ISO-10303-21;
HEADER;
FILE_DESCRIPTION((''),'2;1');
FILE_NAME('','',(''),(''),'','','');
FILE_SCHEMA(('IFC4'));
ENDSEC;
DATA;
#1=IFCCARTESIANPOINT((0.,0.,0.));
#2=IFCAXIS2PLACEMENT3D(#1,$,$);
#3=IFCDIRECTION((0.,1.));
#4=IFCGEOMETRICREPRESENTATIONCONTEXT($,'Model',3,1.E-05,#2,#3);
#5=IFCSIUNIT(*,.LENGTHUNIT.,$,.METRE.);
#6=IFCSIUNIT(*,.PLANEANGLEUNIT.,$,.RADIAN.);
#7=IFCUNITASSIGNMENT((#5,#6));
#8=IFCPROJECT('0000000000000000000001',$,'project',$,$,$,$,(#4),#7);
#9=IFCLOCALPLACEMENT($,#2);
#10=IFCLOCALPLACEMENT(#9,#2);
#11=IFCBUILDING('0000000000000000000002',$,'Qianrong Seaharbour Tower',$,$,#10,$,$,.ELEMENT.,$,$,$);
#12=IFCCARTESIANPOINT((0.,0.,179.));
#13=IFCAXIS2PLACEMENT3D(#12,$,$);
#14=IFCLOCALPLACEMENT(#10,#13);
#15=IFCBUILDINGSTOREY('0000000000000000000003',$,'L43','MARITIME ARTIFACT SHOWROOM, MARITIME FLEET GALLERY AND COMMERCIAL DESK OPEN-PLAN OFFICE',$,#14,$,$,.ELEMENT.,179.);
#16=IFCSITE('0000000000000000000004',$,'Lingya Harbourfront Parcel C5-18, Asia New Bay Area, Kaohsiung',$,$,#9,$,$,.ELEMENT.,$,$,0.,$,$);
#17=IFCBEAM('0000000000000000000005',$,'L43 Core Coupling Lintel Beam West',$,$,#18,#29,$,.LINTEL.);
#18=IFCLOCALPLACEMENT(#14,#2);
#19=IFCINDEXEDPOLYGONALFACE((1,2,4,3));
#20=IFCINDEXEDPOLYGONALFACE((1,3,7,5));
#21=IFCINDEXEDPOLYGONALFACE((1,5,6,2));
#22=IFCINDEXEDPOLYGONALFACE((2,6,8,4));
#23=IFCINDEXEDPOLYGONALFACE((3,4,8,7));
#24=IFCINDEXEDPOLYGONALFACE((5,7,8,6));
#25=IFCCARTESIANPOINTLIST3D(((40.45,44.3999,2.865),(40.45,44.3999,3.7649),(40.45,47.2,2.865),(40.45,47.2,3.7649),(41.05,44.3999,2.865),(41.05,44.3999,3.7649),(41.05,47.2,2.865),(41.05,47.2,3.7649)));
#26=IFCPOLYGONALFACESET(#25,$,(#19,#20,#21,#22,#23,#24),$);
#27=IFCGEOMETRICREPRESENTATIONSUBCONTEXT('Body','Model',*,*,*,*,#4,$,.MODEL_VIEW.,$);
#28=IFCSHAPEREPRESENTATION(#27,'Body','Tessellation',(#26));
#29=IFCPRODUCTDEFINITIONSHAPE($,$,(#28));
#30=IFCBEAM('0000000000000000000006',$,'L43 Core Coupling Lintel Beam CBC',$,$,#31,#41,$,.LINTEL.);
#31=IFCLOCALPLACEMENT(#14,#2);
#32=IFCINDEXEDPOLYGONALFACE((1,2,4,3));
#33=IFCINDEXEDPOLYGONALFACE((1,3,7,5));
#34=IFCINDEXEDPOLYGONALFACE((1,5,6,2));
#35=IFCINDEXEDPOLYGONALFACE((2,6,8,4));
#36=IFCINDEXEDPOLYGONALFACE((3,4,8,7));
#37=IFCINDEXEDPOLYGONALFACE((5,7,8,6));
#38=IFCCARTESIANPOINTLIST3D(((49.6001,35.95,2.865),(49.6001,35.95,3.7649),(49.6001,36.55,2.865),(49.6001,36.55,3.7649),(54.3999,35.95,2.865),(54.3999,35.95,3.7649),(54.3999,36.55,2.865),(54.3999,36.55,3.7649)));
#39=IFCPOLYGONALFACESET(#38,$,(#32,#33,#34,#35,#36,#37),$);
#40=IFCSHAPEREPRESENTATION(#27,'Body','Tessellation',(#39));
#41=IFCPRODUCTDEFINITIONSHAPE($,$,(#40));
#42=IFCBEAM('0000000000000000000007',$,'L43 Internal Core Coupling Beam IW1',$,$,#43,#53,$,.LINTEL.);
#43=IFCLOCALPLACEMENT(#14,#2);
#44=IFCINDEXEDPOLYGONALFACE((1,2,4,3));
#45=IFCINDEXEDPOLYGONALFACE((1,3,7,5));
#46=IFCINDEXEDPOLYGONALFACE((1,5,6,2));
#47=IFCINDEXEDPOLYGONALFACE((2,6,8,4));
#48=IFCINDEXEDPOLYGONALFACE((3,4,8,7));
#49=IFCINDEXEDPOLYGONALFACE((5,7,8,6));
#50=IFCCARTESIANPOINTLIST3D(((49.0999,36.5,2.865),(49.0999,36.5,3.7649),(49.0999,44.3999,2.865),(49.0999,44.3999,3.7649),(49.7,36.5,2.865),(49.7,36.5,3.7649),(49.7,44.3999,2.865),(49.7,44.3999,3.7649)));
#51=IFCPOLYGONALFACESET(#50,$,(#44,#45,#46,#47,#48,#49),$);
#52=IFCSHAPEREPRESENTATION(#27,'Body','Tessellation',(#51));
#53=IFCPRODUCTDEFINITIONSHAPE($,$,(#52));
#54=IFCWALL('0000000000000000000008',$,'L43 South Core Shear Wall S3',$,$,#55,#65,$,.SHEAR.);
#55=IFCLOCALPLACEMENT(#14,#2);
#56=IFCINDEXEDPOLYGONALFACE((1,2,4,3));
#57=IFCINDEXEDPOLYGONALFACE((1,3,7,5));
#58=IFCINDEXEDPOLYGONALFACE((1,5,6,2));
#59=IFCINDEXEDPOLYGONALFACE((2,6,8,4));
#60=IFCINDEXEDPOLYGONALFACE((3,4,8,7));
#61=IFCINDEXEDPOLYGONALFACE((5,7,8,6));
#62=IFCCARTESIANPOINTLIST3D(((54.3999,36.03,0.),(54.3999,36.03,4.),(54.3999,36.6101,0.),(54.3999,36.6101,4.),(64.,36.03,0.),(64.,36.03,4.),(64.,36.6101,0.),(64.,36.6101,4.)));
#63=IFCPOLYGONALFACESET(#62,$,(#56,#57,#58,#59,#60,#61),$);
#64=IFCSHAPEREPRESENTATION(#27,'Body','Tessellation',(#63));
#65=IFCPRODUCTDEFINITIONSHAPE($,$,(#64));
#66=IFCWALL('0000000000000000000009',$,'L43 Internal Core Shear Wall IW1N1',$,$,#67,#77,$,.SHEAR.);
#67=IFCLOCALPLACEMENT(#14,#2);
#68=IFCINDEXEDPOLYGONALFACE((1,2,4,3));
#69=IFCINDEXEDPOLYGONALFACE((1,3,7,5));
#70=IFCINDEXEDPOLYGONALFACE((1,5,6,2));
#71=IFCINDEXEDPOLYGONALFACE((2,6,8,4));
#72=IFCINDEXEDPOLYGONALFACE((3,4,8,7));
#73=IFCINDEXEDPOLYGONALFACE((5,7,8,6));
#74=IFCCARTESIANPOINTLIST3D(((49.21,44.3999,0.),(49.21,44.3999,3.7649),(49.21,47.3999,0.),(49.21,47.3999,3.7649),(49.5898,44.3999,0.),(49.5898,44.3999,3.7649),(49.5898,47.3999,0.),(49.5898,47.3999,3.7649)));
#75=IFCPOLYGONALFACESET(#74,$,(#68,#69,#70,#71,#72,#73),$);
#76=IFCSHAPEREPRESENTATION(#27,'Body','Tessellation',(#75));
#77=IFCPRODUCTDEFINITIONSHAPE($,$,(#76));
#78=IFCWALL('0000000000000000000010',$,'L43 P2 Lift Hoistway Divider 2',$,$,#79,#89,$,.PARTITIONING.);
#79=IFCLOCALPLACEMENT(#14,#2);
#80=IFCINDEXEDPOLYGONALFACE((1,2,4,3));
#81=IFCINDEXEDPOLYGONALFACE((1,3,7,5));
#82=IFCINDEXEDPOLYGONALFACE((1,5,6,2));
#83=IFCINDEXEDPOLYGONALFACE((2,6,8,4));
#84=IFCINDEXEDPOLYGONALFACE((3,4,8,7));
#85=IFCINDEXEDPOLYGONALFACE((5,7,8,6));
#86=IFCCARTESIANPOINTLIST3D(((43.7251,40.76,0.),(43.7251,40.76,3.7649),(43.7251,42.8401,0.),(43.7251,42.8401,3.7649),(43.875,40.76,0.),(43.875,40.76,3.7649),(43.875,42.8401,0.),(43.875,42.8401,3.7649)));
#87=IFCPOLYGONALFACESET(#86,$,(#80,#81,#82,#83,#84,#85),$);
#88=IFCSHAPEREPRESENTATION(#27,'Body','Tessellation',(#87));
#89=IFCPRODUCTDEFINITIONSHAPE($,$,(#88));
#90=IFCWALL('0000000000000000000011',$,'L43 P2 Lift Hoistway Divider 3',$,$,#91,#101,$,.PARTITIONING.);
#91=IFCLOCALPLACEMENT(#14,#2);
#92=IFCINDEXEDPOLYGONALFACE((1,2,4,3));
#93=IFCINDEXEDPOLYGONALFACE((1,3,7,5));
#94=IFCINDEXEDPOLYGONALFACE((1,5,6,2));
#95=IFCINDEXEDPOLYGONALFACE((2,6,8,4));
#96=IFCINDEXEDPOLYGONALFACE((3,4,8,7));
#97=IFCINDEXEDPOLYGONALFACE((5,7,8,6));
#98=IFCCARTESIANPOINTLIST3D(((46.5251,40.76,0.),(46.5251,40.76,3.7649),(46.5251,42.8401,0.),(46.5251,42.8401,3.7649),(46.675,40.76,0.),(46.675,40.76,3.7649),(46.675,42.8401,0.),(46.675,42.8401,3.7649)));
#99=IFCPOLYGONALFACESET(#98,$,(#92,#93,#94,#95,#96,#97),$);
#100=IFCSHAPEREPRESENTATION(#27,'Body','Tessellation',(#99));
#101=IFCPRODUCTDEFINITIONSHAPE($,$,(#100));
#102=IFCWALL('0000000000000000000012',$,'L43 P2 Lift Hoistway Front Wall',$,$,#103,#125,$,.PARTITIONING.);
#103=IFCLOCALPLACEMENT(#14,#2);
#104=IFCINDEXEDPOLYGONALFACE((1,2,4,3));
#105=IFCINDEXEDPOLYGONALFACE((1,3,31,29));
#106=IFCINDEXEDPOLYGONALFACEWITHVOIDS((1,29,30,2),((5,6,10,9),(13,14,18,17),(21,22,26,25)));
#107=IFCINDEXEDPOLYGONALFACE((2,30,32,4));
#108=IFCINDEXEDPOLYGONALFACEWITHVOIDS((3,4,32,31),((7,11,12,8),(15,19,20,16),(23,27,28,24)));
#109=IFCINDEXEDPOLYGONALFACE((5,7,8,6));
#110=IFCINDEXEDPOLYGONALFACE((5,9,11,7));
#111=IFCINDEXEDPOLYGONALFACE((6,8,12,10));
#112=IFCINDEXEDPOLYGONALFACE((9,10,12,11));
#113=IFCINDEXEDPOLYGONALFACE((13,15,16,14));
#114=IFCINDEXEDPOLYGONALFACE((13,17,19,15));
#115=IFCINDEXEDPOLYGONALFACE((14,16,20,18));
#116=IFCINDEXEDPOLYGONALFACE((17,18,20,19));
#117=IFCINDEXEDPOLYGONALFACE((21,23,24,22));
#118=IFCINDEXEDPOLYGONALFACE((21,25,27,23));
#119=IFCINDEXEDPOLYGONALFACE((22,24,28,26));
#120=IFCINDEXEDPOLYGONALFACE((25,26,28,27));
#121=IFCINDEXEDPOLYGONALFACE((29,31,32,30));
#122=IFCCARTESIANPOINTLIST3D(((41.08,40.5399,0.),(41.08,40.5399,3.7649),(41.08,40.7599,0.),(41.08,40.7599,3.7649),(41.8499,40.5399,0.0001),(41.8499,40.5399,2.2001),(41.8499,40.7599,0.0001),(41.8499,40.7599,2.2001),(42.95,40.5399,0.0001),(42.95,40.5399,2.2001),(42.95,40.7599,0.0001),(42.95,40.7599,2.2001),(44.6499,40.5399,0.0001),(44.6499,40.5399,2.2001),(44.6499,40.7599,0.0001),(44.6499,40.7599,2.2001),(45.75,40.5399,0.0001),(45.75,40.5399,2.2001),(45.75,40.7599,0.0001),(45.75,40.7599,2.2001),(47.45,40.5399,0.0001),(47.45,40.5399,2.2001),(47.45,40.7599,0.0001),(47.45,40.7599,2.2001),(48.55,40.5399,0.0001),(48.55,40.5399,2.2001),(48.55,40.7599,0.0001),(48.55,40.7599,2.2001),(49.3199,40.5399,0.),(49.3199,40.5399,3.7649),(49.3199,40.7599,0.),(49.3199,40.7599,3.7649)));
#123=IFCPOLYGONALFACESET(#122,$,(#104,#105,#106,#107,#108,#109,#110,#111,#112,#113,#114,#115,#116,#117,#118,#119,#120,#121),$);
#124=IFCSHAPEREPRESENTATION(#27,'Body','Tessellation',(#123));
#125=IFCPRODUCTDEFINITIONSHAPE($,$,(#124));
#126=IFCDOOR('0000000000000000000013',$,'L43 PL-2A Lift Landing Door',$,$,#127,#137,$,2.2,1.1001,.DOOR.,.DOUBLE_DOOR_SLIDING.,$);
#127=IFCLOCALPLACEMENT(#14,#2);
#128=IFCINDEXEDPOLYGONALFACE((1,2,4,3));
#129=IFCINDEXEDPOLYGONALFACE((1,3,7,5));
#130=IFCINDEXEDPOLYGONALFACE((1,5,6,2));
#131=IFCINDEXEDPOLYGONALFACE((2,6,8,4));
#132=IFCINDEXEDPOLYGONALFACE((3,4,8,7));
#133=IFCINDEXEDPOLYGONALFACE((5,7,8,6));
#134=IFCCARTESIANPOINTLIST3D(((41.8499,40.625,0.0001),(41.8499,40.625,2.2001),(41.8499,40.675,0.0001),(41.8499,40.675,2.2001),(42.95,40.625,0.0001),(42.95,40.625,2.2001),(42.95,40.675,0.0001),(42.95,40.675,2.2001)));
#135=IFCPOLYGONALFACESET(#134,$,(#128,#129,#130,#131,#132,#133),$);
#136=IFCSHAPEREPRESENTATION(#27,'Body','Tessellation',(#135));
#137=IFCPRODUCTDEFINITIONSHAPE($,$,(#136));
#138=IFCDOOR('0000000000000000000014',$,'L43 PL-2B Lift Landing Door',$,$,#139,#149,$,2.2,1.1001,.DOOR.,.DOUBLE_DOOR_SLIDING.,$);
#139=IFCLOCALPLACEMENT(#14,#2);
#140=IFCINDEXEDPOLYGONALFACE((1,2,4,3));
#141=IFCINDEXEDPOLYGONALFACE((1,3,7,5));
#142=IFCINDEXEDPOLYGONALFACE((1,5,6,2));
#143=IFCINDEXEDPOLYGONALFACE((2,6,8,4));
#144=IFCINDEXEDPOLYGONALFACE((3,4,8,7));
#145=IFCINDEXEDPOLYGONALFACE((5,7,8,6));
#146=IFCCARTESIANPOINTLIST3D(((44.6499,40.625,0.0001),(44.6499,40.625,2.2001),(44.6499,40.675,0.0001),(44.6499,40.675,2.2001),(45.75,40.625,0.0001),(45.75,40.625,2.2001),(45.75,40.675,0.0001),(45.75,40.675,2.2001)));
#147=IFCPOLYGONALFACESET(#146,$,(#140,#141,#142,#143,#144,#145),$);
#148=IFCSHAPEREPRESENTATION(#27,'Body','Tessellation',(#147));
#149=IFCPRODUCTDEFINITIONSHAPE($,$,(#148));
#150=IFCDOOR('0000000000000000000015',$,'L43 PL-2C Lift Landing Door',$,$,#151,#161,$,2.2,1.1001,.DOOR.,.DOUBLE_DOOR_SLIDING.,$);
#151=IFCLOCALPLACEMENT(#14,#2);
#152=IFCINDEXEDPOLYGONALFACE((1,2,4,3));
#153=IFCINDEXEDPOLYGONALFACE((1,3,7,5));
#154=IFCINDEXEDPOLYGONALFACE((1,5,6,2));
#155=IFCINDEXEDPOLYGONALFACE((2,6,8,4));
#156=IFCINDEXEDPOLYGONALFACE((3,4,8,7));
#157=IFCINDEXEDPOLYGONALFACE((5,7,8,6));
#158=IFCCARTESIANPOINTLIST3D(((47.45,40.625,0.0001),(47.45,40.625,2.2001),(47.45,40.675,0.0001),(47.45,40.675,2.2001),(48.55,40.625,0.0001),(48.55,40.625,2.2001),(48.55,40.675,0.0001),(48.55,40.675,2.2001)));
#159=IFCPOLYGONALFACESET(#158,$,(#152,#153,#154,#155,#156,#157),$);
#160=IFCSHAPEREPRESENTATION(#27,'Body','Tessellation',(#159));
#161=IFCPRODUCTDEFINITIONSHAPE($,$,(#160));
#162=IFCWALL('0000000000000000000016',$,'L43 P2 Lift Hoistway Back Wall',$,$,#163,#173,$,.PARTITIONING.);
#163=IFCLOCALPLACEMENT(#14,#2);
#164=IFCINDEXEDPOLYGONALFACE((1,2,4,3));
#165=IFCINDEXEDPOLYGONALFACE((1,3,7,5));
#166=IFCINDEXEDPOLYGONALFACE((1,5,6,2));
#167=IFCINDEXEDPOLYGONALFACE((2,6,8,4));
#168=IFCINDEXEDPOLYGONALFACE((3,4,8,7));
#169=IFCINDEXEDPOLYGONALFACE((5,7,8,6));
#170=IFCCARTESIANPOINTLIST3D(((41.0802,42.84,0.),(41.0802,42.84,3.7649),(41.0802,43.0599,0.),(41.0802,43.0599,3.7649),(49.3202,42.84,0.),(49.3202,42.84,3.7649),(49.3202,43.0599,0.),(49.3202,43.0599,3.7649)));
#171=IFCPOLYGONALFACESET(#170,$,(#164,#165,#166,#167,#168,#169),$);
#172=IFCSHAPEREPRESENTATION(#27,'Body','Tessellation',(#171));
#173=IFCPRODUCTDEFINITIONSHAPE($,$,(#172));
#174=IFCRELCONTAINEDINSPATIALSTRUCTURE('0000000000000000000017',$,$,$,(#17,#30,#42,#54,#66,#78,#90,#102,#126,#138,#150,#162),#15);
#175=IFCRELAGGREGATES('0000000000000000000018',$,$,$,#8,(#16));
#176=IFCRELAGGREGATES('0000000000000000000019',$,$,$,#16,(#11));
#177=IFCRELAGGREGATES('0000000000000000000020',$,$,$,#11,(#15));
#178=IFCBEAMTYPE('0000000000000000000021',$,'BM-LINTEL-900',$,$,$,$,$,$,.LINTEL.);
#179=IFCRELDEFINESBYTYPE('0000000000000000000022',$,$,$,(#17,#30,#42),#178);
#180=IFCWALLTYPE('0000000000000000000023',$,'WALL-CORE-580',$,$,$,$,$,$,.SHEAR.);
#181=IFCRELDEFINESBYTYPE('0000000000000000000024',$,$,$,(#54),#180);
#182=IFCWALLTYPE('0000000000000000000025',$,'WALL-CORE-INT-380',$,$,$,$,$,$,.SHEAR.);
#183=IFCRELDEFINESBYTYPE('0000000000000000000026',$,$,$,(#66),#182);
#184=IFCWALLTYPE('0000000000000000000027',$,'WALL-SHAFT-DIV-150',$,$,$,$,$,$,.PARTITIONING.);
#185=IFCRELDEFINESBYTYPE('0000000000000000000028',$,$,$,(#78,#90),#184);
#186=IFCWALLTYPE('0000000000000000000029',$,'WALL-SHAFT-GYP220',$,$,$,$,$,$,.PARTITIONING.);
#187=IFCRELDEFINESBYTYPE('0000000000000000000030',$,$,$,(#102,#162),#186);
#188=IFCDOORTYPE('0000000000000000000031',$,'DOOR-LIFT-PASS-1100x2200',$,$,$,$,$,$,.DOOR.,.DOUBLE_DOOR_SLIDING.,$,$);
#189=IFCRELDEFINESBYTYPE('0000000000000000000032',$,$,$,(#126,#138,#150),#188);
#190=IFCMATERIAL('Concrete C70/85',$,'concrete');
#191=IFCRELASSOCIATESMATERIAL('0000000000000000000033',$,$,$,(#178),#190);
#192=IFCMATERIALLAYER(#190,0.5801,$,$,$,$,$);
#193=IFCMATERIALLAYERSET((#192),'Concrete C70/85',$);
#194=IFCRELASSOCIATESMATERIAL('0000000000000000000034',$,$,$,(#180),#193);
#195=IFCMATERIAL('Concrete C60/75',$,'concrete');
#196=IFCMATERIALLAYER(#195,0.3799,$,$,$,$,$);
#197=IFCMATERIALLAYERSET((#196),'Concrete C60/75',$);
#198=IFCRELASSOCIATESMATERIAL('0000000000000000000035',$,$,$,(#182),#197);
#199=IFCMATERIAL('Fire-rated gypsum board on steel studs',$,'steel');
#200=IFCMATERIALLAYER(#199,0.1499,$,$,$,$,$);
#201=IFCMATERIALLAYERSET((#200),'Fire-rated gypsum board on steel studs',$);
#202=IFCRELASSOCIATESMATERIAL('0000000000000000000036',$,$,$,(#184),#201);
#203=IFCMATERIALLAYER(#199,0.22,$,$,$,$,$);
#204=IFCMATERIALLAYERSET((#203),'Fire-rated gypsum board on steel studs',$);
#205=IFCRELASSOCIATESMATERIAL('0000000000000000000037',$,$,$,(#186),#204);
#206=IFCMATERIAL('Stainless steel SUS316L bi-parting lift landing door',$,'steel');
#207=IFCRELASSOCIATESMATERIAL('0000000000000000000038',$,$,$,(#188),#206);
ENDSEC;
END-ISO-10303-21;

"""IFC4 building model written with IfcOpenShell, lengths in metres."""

from ifc_helpers import new_model, si_unit, direction, frame, frame_2d, origin, origin_2d, place, context, subcontext, project, spatial, rectangle, extrude, material, layer, layer_set, material_profile, profile_set, type_object, element, fill, save


model = new_model("IFC4")

# Units and contexts
model_context = context("Model", 3, precision=1e-05, world=origin(), true_north=direction((0.0, 1.0)))
body_context = subcontext(model_context, "Body", "Model", "MODEL_VIEW")
ifc_project = project(units=[si_unit("LENGTHUNIT", "METRE"), si_unit("PLANEANGLEUNIT", "RADIAN")], contexts=[model_context])

# Site, building, storey
site_placement = place(None, origin())
site = spatial("IfcSite", under=ifc_project, at=site_placement, Name="Lingya Harbourfront Parcel C5-18, Asia New Bay Area, Kaohsiung", CompositionType="ELEMENT", RefElevation=0.0)
building_placement = place(site_placement, origin())
building = spatial("IfcBuilding", under=site, at=building_placement, Name="Qianrong Seaharbour Tower", CompositionType="ELEMENT")
storey_placement = place(building_placement, frame((0.0, 0.0, 179.0)))
storey = spatial("IfcBuildingStorey", under=building, at=storey_placement, Name="L43", Description="MARITIME ARTIFACT SHOWROOM, MARITIME FLEET GALLERY AND COMMERCIAL DESK OPEN-PLAN OFFICE", CompositionType="ELEMENT", Elevation=179.0)

# Beams
ifc_material_1 = material(Name="Concrete C70/85", Category="concrete")
ifc_material_profile = material_profile(ifc_material_1, rectangle(XDim=0.6001, YDim=0.8999, at=origin_2d()), Name="RC600x900")
ifc_profile_set = profile_set([ifc_material_profile], Name="Concrete C70/85")
beam_type = type_object("IfcBeamType", Name="BM-LINTEL-900", PredefinedType="LINTEL", material=ifc_profile_set)
beam_1_placement = place(storey_placement, frame((40.75, 44.3999, 3.3149), z_axis=(0.0, 1.0, 0.0), x_axis=(-1.0, 0.0, 0.0)))
element("IfcBeam", 1, at=beam_1_placement, inside=storey, type_object=beam_type, Name="L43 Core Coupling Lintel Beam West", PredefinedType="LINTEL", context=body_context, shape_type="SweptSolid", body=[
    extrude(rectangle(XDim=0.6001, YDim=0.8999, at=origin_2d()), origin(), (0.0, 0.0, 1.0), 2.8),
])
beam_2_placement = place(storey_placement, frame((49.6001, 36.25, 3.3149), z_axis=(1.0, 0.0, 0.0), x_axis=(0.0, 1.0, 0.0)))
element("IfcBeam", 2, at=beam_2_placement, inside=storey, type_object=beam_type, Name="L43 Core Coupling Lintel Beam CBC", PredefinedType="LINTEL", context=body_context, shape_type="SweptSolid", body=[
    extrude(rectangle(XDim=0.6001, YDim=0.8999, at=origin_2d()), origin(), (0.0, 0.0, 1.0), 4.7998),
])
beam_3_placement = place(storey_placement, frame((49.3999, 36.5, 3.3149), z_axis=(0.0, 1.0, 0.0), x_axis=(-1.0, 0.0, 0.0)))
element("IfcBeam", 3, at=beam_3_placement, inside=storey, type_object=beam_type, Name="L43 Internal Core Coupling Beam IW1", PredefinedType="LINTEL", context=body_context, shape_type="SweptSolid", body=[
    extrude(rectangle(XDim=0.6001, YDim=0.8999, at=origin_2d()), origin(), (0.0, 0.0, 1.0), 7.8999),
])

# Walls
ifc_layer_1 = layer(ifc_material_1, 0.5801)
ifc_layer_set_1 = layer_set([ifc_layer_1], Name="Concrete C70/85")
wall_type_1 = type_object("IfcWallType", Name="WALL-CORE-580", PredefinedType="SHEAR", material=ifc_layer_set_1)
wall_1_placement = place(storey_placement, frame((54.3999, 36.3201, 0.0), z_axis=(0.0, 0.0, 1.0), x_axis=(1.0, 0.0, 0.0)))
element("IfcWall", 4, at=wall_1_placement, inside=storey, type_object=wall_type_1, Name="L43 South Core Shear Wall S3", PredefinedType="SHEAR", context=body_context, shape_type="SweptSolid", body=[
    extrude(rectangle(XDim=9.6001, YDim=0.5801, at=frame_2d((4.8, 0.0))), origin(), (0.0, 0.0, 1.0), 4.0),
])
ifc_material_2 = material(Name="Concrete C60/75", Category="concrete")
ifc_layer_2 = layer(ifc_material_2, 0.3799)
ifc_layer_set_2 = layer_set([ifc_layer_2], Name="Concrete C60/75")
wall_type_2 = type_object("IfcWallType", Name="WALL-CORE-INT-380", PredefinedType="SHEAR", material=ifc_layer_set_2)
wall_2_placement = place(storey_placement, frame((49.3999, 44.3999, 0.0), z_axis=(0.0, 0.0, 1.0), x_axis=(0.0, 1.0, 0.0)))
element("IfcWall", 5, at=wall_2_placement, inside=storey, type_object=wall_type_2, Name="L43 Internal Core Shear Wall IW1N1", PredefinedType="SHEAR", context=body_context, shape_type="SweptSolid", body=[
    extrude(rectangle(XDim=3.0, YDim=0.3799, at=frame_2d((1.5, 0.0))), origin(), (0.0, 0.0, 1.0), 3.7649),
])

# Walls
ifc_material_3 = material(Name="Fire-rated gypsum board on steel studs", Category="steel")
ifc_layer_3 = layer(ifc_material_3, 0.1499)
ifc_layer_set_3 = layer_set([ifc_layer_3], Name="Fire-rated gypsum board on steel studs")
wall_type_3 = type_object("IfcWallType", Name="WALL-SHAFT-DIV-150", PredefinedType="PARTITIONING", material=ifc_layer_set_3)
for number, where, z_axis, x_axis, name in (
    (6, (43.8, 40.76, 0.0), (0.0, 0.0, 1.0), (0.0, 1.0, 0.0), "L43 P2 Lift Hoistway Divider 2"),
    (7, (46.6001, 40.76, 0.0), (0.0, 0.0, 1.0), (0.0, 1.0, 0.0), "L43 P2 Lift Hoistway Divider 3"),
):
    element("IfcWall", number, at=place(storey_placement, frame(where, z_axis=z_axis, x_axis=x_axis)), inside=storey, type_object=wall_type_3, Name=name, PredefinedType="PARTITIONING", context=body_context, shape_type="SweptSolid", body=[
        extrude(rectangle(XDim=2.0801, YDim=0.1499, at=frame_2d((1.04, 0.0))), origin(), (0.0, 0.0, 1.0), 3.7649),
    ])

# Wall, openings, doors
ifc_layer_4 = layer(ifc_material_3, 0.22)
ifc_layer_set_4 = layer_set([ifc_layer_4], Name="Fire-rated gypsum board on steel studs")
wall_type_4 = type_object("IfcWallType", Name="WALL-SHAFT-GYP220", PredefinedType="PARTITIONING", material=ifc_layer_set_4)
wall_3_placement = place(storey_placement, frame((49.3201, 40.6499, 0.0), z_axis=(0.0, 0.0, 1.0), x_axis=(-1.0, 0.0, 0.0)))
wall_3 = element("IfcWall", 8, at=wall_3_placement, inside=storey, type_object=wall_type_4, Name="L43 P2 Lift Hoistway Front Wall", PredefinedType="PARTITIONING", context=body_context, shape_type="SweptSolid", body=[
    extrude(rectangle(XDim=8.24, YDim=0.22, at=frame_2d((4.1201, 0.0))), origin(), (0.0, 0.0, 1.0), 3.7649),
])
opening_1_placement = place(wall_3_placement, frame((6.3701, 0.0, 0.0)))
opening_1 = element("IfcOpeningElement", 9, at=opening_1_placement, cuts=wall_3, PredefinedType="OPENING", context=body_context, shape_type="SweptSolid", body=[
    extrude(rectangle(XDim=1.1001, YDim=2.2, at=frame_2d((0.55, 1.1001))), frame((0.0, 0.1201, 0.0), z_axis=(0.0, -1.0, 0.0), x_axis=(1.0, 0.0, 0.0)), (0.0, 0.0, 1.0), 0.24),
])
opening_2_placement = place(wall_3_placement, frame((3.5701, 0.0, 0.0)))
opening_2 = element("IfcOpeningElement", 10, at=opening_2_placement, cuts=wall_3, PredefinedType="OPENING", context=body_context, shape_type="SweptSolid", body=[
    extrude(rectangle(XDim=1.1001, YDim=2.2, at=frame_2d((0.55, 1.1001))), frame((0.0, 0.1201, 0.0), z_axis=(0.0, -1.0, 0.0), x_axis=(1.0, 0.0, 0.0)), (0.0, 0.0, 1.0), 0.24),
])
opening_3_placement = place(wall_3_placement, frame((0.77, 0.0, 0.0)))
opening_3 = element("IfcOpeningElement", 11, at=opening_3_placement, cuts=wall_3, PredefinedType="OPENING", context=body_context, shape_type="SweptSolid", body=[
    extrude(rectangle(XDim=1.1001, YDim=2.2, at=frame_2d((0.55, 1.1001))), frame((0.0, 0.1201, 0.0), z_axis=(0.0, -1.0, 0.0), x_axis=(1.0, 0.0, 0.0)), (0.0, 0.0, 1.0), 0.24),
])
ifc_material_4 = material(Name="Stainless steel SUS316L bi-parting lift landing door", Category="steel")
door_type_1 = type_object("IfcDoorType", Name="DOOR-LIFT-PASS-1100x2200", OperationType="DOUBLE_DOOR_SLIDING", PredefinedType="DOOR", material=ifc_material_4)
door_1_placement = place(opening_1_placement, origin())
door_1 = element("IfcDoor", 12, at=door_1_placement, inside=storey, type_object=door_type_1, Name="L43 PL-2A Lift Landing Door", OperationType="DOUBLE_DOOR_SLIDING", OverallHeight=2.2, OverallWidth=1.1001, PredefinedType="DOOR", context=body_context, shape_type="SweptSolid", body=[
    extrude(rectangle(XDim=1.1001, YDim=2.2, at=frame_2d((0.55, 1.1001))), frame((0.0, 0.0249, 0.0), z_axis=(0.0, -1.0, 0.0), x_axis=(1.0, 0.0, 0.0)), (0.0, 0.0, 1.0), 0.05),
])
fill(opening_1, door_1)
door_2_placement = place(opening_2_placement, origin())
door_2 = element("IfcDoor", 13, at=door_2_placement, inside=storey, type_object=door_type_1, Name="L43 PL-2B Lift Landing Door", OperationType="DOUBLE_DOOR_SLIDING", OverallHeight=2.2, OverallWidth=1.1001, PredefinedType="DOOR", context=body_context, shape_type="SweptSolid", body=[
    extrude(rectangle(XDim=1.1001, YDim=2.2, at=frame_2d((0.55, 1.1001))), frame((0.0, 0.0249, 0.0), z_axis=(0.0, -1.0, 0.0), x_axis=(1.0, 0.0, 0.0)), (0.0, 0.0, 1.0), 0.05),
])
fill(opening_2, door_2)
door_3_placement = place(opening_3_placement, origin())
door_3 = element("IfcDoor", 14, at=door_3_placement, inside=storey, type_object=door_type_1, Name="L43 PL-2C Lift Landing Door", OperationType="DOUBLE_DOOR_SLIDING", OverallHeight=2.2, OverallWidth=1.1001, PredefinedType="DOOR", context=body_context, shape_type="SweptSolid", body=[
    extrude(rectangle(XDim=1.1001, YDim=2.2, at=frame_2d((0.55, 1.1001))), frame((0.0, 0.0249, 0.0), z_axis=(0.0, -1.0, 0.0), x_axis=(1.0, 0.0, 0.0)), (0.0, 0.0, 1.0), 0.05),
])
fill(opening_3, door_3)

# Wall
wall_4_placement = place(storey_placement, frame((41.0801, 42.95, 0.0), z_axis=(0.0, 0.0, 1.0), x_axis=(1.0, 0.0, 0.0)))
element("IfcWall", 15, at=wall_4_placement, inside=storey, type_object=wall_type_4, Name="L43 P2 Lift Hoistway Back Wall", PredefinedType="PARTITIONING", context=body_context, shape_type="SweptSolid", body=[
    extrude(rectangle(XDim=8.24, YDim=0.22, at=frame_2d((4.1201, 0.0))), origin(), (0.0, 0.0, 1.0), 3.7649),
])

save(model, "model.ifc")
